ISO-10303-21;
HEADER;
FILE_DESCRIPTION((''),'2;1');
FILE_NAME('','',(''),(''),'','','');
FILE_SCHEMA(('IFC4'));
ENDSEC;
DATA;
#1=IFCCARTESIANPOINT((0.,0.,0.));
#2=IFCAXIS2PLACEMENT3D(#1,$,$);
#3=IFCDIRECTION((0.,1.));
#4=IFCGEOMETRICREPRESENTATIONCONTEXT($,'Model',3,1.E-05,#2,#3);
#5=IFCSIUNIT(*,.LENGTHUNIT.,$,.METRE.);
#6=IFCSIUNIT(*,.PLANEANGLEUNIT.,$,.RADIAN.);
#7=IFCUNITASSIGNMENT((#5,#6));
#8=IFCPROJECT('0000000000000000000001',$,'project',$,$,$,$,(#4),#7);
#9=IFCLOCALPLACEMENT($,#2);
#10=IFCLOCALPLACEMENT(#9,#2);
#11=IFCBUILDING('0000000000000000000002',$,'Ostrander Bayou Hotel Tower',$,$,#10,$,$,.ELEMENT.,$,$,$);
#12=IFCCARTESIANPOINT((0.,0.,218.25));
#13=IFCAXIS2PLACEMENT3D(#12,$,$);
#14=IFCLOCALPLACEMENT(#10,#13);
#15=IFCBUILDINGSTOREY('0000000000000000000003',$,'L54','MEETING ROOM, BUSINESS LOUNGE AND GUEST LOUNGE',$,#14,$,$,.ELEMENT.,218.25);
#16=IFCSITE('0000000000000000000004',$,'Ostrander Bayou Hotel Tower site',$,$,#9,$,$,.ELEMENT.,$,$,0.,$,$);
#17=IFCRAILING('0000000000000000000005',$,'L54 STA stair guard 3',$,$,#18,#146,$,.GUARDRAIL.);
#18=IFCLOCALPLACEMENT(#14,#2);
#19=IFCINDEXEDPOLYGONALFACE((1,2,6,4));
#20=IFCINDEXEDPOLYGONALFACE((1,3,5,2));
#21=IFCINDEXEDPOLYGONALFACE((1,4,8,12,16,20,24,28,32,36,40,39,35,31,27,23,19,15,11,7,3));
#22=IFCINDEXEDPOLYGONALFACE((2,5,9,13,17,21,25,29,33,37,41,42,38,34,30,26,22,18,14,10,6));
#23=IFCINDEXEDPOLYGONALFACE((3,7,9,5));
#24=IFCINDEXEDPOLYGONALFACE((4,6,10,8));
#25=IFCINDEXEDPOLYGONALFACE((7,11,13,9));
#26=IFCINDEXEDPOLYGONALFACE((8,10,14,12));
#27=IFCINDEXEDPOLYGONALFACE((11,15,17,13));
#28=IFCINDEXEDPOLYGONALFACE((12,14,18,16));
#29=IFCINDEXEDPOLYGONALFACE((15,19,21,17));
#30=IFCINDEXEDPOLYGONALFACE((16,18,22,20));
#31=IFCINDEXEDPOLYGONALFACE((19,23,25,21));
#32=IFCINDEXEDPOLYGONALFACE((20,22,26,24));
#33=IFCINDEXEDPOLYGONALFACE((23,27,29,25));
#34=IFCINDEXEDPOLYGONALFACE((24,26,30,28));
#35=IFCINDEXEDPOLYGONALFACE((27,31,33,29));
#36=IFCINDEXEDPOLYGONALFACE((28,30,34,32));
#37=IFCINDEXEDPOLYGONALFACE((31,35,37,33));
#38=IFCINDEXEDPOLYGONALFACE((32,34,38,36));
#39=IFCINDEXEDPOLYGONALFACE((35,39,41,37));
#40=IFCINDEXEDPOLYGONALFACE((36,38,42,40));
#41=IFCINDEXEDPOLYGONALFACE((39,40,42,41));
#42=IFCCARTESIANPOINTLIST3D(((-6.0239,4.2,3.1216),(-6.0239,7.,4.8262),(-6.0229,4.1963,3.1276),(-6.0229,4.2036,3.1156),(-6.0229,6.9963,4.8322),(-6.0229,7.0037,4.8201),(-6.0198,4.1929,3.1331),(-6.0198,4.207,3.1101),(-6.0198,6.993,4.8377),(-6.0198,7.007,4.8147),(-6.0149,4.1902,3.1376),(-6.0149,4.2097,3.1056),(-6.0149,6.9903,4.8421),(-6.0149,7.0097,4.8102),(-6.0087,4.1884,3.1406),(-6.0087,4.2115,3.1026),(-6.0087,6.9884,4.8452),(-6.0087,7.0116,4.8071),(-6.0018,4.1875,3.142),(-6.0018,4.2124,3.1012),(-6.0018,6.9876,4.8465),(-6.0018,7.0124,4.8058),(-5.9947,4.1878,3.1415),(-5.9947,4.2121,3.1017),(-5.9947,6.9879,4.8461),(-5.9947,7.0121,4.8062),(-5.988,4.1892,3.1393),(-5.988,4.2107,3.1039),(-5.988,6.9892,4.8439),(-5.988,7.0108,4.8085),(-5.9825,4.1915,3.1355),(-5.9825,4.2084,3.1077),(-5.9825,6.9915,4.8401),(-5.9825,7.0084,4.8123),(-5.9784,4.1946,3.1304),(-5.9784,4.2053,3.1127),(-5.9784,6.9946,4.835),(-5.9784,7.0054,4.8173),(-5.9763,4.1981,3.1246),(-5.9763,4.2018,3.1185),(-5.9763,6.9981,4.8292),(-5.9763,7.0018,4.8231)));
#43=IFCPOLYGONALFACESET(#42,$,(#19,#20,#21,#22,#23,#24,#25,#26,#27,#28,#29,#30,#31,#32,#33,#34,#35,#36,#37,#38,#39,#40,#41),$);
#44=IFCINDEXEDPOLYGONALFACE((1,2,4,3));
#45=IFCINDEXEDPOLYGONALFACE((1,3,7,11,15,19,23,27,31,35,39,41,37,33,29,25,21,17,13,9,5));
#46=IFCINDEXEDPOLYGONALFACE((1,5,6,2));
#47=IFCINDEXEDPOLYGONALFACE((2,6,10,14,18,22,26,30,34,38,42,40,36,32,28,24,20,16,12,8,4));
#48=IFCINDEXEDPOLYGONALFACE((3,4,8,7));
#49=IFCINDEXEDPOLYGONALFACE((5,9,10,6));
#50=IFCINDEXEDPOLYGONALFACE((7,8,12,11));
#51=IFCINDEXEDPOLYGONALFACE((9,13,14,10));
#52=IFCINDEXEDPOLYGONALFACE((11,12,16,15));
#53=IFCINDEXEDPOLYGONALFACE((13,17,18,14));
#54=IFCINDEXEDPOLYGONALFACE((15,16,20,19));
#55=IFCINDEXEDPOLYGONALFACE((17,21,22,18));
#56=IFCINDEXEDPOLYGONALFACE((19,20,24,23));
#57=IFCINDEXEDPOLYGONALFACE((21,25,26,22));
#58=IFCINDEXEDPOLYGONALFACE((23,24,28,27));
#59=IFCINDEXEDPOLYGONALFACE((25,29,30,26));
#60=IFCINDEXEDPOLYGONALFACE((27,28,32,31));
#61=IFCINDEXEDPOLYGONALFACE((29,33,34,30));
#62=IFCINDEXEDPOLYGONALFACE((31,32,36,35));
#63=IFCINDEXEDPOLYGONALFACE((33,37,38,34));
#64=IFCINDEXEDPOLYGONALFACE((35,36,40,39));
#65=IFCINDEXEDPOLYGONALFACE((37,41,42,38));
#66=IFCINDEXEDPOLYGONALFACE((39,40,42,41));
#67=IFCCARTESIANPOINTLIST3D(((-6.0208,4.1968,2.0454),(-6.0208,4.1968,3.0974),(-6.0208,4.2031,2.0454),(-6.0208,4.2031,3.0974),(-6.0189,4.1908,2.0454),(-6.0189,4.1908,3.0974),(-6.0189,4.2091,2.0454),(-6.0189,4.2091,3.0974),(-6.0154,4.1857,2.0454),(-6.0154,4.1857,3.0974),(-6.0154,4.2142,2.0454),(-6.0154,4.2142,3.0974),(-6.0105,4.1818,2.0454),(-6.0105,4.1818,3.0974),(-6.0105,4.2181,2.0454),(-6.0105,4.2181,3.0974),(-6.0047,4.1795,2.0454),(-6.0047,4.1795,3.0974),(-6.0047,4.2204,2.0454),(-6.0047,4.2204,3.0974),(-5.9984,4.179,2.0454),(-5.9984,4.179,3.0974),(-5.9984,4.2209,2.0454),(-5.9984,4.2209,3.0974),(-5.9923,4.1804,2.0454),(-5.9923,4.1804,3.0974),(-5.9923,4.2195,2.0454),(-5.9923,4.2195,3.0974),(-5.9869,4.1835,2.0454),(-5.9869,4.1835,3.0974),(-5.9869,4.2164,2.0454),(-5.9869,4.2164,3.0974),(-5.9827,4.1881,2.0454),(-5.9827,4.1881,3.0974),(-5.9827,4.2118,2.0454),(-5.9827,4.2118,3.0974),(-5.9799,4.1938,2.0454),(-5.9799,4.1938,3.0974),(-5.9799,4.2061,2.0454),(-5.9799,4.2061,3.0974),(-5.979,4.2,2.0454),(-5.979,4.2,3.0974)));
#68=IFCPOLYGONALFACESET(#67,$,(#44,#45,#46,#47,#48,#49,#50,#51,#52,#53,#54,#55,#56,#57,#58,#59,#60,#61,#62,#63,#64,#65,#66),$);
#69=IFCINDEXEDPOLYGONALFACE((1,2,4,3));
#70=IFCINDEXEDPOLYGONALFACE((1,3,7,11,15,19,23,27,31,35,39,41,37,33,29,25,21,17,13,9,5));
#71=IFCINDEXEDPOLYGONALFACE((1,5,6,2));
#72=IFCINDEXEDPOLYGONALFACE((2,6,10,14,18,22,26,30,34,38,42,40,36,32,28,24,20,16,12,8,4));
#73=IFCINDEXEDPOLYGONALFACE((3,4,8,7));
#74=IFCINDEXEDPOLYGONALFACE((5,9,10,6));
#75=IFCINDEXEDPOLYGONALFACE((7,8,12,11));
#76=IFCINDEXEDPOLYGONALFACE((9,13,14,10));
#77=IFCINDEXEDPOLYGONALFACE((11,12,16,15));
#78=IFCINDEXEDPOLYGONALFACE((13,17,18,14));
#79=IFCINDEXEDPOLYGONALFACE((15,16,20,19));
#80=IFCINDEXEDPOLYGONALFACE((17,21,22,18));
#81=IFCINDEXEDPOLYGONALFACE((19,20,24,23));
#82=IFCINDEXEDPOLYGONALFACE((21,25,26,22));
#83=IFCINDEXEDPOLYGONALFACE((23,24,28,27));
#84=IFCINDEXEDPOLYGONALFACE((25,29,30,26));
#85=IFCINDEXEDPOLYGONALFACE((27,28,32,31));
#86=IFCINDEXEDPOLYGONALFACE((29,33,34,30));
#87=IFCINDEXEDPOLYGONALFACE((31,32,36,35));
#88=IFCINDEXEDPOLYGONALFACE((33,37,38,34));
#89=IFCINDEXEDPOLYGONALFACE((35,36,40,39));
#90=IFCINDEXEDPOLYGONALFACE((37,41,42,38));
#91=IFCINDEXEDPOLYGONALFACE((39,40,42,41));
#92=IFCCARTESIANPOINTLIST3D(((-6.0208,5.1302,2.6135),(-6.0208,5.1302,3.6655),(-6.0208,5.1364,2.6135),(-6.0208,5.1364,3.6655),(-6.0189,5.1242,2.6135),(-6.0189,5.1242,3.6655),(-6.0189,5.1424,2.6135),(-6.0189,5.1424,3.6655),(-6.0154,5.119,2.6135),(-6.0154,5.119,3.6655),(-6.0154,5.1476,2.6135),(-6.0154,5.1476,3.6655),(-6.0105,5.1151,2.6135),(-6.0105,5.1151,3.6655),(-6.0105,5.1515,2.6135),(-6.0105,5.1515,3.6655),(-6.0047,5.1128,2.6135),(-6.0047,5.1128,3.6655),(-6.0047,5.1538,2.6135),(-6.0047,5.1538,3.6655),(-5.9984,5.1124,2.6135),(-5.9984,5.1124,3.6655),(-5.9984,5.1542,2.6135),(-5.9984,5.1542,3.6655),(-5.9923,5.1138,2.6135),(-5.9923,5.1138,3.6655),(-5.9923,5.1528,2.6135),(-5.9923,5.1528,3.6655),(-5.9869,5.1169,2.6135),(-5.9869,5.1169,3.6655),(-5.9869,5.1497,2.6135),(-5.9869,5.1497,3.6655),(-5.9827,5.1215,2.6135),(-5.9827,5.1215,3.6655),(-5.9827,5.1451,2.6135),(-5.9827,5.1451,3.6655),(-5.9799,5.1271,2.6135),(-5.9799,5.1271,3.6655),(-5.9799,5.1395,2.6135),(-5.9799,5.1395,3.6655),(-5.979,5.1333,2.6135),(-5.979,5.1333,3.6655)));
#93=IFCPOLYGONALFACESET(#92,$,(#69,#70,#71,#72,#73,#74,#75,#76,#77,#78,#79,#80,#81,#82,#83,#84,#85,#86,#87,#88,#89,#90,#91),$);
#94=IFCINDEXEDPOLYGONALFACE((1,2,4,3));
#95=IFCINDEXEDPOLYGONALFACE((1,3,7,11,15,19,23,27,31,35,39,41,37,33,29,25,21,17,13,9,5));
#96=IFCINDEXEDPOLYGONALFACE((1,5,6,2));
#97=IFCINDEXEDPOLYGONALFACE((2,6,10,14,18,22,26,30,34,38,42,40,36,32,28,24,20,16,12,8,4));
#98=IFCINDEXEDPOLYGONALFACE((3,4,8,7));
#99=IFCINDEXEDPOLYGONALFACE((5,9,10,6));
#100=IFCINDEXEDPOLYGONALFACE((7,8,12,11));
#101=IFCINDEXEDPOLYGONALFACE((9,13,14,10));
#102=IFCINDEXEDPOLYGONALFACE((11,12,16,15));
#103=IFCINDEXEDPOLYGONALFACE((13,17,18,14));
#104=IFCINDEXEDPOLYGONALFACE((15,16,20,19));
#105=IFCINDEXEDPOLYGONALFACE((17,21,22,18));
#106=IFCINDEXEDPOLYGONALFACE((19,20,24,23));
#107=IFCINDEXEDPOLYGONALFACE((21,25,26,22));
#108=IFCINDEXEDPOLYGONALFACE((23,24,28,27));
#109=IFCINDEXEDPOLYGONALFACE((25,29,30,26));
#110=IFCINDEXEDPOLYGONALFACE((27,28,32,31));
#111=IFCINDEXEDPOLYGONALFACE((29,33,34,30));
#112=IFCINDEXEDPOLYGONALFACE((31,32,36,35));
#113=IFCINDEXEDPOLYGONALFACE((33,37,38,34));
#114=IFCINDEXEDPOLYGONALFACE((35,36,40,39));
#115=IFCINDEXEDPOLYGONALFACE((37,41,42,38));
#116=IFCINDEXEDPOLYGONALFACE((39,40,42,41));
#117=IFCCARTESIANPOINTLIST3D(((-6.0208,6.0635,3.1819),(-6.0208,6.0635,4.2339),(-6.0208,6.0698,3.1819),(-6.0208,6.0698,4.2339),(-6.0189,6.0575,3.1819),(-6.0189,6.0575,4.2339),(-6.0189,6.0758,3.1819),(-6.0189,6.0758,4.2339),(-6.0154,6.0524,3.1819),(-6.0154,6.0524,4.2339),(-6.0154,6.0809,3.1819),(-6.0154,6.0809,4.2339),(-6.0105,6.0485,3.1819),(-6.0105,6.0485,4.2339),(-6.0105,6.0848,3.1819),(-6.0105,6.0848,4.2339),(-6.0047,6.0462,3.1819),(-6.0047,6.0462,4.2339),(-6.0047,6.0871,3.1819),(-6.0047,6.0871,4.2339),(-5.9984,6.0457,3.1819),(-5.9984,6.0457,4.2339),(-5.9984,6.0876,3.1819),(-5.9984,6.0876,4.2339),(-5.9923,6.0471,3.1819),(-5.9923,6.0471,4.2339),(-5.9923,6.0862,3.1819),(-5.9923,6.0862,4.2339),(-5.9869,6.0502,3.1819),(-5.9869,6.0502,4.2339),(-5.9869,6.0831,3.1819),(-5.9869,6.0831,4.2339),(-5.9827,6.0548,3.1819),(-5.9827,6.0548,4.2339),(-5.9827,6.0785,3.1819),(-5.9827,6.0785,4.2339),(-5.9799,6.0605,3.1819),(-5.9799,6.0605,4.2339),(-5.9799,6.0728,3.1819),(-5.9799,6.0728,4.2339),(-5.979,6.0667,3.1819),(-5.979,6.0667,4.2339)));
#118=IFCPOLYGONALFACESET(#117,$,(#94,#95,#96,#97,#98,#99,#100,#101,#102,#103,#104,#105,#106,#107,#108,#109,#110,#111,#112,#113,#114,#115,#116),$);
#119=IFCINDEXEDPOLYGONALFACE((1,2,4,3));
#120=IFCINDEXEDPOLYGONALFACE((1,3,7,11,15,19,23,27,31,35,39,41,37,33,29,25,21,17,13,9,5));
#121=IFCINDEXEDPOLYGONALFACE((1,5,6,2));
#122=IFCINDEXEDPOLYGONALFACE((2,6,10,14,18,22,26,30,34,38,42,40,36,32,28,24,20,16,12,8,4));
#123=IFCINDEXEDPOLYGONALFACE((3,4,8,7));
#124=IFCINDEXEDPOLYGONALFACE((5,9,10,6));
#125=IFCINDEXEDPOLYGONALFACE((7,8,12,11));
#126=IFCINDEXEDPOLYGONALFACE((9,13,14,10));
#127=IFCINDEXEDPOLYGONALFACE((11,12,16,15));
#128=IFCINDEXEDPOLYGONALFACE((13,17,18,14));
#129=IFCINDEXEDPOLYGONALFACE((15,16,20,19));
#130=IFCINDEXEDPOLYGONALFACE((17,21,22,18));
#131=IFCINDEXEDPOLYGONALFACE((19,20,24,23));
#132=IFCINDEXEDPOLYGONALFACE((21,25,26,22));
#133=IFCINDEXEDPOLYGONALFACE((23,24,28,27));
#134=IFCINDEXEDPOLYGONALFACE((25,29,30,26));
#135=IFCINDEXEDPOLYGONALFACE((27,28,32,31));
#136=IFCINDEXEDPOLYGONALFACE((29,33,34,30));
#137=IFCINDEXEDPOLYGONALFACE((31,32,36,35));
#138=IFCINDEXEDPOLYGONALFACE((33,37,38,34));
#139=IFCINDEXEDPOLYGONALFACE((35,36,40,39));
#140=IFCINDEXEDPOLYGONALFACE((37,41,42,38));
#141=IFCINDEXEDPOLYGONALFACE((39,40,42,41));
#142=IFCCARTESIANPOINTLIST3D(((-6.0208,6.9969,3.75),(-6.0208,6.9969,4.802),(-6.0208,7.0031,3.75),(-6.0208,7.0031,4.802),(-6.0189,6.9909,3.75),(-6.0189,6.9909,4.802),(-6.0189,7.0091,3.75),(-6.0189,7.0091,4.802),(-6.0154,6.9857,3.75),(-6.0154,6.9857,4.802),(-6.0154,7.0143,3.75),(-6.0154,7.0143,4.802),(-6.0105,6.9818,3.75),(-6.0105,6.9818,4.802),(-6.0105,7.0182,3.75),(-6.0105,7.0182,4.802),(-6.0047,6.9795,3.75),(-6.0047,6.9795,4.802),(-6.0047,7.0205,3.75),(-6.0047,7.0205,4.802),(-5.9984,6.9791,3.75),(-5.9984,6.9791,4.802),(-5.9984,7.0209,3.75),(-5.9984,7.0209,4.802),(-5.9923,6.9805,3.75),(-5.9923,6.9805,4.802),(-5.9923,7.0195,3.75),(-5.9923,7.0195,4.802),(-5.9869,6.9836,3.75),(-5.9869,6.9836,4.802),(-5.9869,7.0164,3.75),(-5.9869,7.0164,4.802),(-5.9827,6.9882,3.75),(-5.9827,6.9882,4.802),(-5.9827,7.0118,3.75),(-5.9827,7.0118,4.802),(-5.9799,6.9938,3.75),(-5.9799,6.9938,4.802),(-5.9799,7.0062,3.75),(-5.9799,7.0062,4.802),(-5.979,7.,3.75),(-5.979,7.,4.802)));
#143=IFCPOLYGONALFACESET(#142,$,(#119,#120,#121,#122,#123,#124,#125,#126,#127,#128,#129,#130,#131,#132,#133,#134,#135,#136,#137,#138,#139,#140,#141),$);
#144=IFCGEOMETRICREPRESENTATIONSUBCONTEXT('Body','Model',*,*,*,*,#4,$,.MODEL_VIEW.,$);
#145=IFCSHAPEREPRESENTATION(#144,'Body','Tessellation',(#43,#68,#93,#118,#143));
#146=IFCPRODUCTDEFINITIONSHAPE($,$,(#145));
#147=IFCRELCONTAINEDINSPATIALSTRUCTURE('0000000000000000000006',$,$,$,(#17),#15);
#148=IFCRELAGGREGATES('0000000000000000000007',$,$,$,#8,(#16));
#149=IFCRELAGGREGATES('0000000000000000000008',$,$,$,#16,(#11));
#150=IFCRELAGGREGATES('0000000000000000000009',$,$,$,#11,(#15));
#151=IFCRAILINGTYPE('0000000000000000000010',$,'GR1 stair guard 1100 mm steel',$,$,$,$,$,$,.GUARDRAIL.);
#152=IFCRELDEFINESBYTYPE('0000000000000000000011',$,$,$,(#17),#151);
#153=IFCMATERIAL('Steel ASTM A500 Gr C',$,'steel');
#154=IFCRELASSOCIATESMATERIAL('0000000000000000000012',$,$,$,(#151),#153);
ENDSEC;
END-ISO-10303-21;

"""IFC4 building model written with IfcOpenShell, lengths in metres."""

from ifc_helpers import new_model, si_unit, direction, frame, origin, origin_2d, place, context, subcontext, project, spatial, circle, extrude, material, type_object, element, save


model = new_model("IFC4")

# Units and contexts
model_context = context("Model", 3, precision=1e-05, world=origin(), true_north=direction((0.0, 1.0)))
body_context = subcontext(model_context, "Body", "Model", "MODEL_VIEW")
ifc_project = project(units=[si_unit("LENGTHUNIT", "METRE"), si_unit("PLANEANGLEUNIT", "RADIAN")], contexts=[model_context])

# Site, building, storey
site_placement = place(None, origin())
site = spatial("IfcSite", under=ifc_project, at=site_placement, Name="Ostrander Bayou Hotel Tower site", CompositionType="ELEMENT", RefElevation=0.0)
building_placement = place(site_placement, origin())
building = spatial("IfcBuilding", under=site, at=building_placement, Name="Ostrander Bayou Hotel Tower", CompositionType="ELEMENT")
storey_placement = place(building_placement, frame((0.0, 0.0, 218.25)))
storey = spatial("IfcBuildingStorey", under=building, at=storey_placement, Name="L54", Description="MEETING ROOM, BUSINESS LOUNGE AND GUEST LOUNGE", CompositionType="ELEMENT", Elevation=218.25)

# Railing
ifc_material_1 = material(Name="Steel ASTM A500 Gr C", Category="steel")
railing_type_1 = type_object("IfcRailingType", Name="GR1 stair guard 1100 mm steel", PredefinedType="GUARDRAIL", material=ifc_material_1)
railing_1_placement = place(storey_placement, frame((-6.0, 4.2, 2.0454)))
element("IfcRailing", 1, at=railing_1_placement, inside=storey, type_object=railing_type_1, Name="L54 STA stair guard 3", PredefinedType="GUARDRAIL", context=body_context, shape_type="SweptSolid", body=[
    extrude(circle(Radius=0.0239, at=origin_2d()), frame((0.0, 0.0, 1.0762), z_axis=(0.0, 0.85417, 0.519994), x_axis=(-1.0, 0.0, 0.0)), (0.0, 0.0, 1.0), 3.2781),
    extrude(circle(Radius=0.021, at=origin_2d()), origin(), (0.0, 0.0, 1.0), 1.052),
    extrude(circle(Radius=0.021, at=origin_2d()), frame((0.0, 0.9333, 0.5681)), (0.0, 0.0, 1.0), 1.052),
    extrude(circle(Radius=0.021, at=origin_2d()), frame((0.0, 1.8667, 1.1365)), (0.0, 0.0, 1.0), 1.052),
    extrude(circle(Radius=0.021, at=origin_2d()), frame((0.0, 2.8, 1.7046)), (0.0, 0.0, 1.0), 1.052),
])

save(model, "model.ifc")
